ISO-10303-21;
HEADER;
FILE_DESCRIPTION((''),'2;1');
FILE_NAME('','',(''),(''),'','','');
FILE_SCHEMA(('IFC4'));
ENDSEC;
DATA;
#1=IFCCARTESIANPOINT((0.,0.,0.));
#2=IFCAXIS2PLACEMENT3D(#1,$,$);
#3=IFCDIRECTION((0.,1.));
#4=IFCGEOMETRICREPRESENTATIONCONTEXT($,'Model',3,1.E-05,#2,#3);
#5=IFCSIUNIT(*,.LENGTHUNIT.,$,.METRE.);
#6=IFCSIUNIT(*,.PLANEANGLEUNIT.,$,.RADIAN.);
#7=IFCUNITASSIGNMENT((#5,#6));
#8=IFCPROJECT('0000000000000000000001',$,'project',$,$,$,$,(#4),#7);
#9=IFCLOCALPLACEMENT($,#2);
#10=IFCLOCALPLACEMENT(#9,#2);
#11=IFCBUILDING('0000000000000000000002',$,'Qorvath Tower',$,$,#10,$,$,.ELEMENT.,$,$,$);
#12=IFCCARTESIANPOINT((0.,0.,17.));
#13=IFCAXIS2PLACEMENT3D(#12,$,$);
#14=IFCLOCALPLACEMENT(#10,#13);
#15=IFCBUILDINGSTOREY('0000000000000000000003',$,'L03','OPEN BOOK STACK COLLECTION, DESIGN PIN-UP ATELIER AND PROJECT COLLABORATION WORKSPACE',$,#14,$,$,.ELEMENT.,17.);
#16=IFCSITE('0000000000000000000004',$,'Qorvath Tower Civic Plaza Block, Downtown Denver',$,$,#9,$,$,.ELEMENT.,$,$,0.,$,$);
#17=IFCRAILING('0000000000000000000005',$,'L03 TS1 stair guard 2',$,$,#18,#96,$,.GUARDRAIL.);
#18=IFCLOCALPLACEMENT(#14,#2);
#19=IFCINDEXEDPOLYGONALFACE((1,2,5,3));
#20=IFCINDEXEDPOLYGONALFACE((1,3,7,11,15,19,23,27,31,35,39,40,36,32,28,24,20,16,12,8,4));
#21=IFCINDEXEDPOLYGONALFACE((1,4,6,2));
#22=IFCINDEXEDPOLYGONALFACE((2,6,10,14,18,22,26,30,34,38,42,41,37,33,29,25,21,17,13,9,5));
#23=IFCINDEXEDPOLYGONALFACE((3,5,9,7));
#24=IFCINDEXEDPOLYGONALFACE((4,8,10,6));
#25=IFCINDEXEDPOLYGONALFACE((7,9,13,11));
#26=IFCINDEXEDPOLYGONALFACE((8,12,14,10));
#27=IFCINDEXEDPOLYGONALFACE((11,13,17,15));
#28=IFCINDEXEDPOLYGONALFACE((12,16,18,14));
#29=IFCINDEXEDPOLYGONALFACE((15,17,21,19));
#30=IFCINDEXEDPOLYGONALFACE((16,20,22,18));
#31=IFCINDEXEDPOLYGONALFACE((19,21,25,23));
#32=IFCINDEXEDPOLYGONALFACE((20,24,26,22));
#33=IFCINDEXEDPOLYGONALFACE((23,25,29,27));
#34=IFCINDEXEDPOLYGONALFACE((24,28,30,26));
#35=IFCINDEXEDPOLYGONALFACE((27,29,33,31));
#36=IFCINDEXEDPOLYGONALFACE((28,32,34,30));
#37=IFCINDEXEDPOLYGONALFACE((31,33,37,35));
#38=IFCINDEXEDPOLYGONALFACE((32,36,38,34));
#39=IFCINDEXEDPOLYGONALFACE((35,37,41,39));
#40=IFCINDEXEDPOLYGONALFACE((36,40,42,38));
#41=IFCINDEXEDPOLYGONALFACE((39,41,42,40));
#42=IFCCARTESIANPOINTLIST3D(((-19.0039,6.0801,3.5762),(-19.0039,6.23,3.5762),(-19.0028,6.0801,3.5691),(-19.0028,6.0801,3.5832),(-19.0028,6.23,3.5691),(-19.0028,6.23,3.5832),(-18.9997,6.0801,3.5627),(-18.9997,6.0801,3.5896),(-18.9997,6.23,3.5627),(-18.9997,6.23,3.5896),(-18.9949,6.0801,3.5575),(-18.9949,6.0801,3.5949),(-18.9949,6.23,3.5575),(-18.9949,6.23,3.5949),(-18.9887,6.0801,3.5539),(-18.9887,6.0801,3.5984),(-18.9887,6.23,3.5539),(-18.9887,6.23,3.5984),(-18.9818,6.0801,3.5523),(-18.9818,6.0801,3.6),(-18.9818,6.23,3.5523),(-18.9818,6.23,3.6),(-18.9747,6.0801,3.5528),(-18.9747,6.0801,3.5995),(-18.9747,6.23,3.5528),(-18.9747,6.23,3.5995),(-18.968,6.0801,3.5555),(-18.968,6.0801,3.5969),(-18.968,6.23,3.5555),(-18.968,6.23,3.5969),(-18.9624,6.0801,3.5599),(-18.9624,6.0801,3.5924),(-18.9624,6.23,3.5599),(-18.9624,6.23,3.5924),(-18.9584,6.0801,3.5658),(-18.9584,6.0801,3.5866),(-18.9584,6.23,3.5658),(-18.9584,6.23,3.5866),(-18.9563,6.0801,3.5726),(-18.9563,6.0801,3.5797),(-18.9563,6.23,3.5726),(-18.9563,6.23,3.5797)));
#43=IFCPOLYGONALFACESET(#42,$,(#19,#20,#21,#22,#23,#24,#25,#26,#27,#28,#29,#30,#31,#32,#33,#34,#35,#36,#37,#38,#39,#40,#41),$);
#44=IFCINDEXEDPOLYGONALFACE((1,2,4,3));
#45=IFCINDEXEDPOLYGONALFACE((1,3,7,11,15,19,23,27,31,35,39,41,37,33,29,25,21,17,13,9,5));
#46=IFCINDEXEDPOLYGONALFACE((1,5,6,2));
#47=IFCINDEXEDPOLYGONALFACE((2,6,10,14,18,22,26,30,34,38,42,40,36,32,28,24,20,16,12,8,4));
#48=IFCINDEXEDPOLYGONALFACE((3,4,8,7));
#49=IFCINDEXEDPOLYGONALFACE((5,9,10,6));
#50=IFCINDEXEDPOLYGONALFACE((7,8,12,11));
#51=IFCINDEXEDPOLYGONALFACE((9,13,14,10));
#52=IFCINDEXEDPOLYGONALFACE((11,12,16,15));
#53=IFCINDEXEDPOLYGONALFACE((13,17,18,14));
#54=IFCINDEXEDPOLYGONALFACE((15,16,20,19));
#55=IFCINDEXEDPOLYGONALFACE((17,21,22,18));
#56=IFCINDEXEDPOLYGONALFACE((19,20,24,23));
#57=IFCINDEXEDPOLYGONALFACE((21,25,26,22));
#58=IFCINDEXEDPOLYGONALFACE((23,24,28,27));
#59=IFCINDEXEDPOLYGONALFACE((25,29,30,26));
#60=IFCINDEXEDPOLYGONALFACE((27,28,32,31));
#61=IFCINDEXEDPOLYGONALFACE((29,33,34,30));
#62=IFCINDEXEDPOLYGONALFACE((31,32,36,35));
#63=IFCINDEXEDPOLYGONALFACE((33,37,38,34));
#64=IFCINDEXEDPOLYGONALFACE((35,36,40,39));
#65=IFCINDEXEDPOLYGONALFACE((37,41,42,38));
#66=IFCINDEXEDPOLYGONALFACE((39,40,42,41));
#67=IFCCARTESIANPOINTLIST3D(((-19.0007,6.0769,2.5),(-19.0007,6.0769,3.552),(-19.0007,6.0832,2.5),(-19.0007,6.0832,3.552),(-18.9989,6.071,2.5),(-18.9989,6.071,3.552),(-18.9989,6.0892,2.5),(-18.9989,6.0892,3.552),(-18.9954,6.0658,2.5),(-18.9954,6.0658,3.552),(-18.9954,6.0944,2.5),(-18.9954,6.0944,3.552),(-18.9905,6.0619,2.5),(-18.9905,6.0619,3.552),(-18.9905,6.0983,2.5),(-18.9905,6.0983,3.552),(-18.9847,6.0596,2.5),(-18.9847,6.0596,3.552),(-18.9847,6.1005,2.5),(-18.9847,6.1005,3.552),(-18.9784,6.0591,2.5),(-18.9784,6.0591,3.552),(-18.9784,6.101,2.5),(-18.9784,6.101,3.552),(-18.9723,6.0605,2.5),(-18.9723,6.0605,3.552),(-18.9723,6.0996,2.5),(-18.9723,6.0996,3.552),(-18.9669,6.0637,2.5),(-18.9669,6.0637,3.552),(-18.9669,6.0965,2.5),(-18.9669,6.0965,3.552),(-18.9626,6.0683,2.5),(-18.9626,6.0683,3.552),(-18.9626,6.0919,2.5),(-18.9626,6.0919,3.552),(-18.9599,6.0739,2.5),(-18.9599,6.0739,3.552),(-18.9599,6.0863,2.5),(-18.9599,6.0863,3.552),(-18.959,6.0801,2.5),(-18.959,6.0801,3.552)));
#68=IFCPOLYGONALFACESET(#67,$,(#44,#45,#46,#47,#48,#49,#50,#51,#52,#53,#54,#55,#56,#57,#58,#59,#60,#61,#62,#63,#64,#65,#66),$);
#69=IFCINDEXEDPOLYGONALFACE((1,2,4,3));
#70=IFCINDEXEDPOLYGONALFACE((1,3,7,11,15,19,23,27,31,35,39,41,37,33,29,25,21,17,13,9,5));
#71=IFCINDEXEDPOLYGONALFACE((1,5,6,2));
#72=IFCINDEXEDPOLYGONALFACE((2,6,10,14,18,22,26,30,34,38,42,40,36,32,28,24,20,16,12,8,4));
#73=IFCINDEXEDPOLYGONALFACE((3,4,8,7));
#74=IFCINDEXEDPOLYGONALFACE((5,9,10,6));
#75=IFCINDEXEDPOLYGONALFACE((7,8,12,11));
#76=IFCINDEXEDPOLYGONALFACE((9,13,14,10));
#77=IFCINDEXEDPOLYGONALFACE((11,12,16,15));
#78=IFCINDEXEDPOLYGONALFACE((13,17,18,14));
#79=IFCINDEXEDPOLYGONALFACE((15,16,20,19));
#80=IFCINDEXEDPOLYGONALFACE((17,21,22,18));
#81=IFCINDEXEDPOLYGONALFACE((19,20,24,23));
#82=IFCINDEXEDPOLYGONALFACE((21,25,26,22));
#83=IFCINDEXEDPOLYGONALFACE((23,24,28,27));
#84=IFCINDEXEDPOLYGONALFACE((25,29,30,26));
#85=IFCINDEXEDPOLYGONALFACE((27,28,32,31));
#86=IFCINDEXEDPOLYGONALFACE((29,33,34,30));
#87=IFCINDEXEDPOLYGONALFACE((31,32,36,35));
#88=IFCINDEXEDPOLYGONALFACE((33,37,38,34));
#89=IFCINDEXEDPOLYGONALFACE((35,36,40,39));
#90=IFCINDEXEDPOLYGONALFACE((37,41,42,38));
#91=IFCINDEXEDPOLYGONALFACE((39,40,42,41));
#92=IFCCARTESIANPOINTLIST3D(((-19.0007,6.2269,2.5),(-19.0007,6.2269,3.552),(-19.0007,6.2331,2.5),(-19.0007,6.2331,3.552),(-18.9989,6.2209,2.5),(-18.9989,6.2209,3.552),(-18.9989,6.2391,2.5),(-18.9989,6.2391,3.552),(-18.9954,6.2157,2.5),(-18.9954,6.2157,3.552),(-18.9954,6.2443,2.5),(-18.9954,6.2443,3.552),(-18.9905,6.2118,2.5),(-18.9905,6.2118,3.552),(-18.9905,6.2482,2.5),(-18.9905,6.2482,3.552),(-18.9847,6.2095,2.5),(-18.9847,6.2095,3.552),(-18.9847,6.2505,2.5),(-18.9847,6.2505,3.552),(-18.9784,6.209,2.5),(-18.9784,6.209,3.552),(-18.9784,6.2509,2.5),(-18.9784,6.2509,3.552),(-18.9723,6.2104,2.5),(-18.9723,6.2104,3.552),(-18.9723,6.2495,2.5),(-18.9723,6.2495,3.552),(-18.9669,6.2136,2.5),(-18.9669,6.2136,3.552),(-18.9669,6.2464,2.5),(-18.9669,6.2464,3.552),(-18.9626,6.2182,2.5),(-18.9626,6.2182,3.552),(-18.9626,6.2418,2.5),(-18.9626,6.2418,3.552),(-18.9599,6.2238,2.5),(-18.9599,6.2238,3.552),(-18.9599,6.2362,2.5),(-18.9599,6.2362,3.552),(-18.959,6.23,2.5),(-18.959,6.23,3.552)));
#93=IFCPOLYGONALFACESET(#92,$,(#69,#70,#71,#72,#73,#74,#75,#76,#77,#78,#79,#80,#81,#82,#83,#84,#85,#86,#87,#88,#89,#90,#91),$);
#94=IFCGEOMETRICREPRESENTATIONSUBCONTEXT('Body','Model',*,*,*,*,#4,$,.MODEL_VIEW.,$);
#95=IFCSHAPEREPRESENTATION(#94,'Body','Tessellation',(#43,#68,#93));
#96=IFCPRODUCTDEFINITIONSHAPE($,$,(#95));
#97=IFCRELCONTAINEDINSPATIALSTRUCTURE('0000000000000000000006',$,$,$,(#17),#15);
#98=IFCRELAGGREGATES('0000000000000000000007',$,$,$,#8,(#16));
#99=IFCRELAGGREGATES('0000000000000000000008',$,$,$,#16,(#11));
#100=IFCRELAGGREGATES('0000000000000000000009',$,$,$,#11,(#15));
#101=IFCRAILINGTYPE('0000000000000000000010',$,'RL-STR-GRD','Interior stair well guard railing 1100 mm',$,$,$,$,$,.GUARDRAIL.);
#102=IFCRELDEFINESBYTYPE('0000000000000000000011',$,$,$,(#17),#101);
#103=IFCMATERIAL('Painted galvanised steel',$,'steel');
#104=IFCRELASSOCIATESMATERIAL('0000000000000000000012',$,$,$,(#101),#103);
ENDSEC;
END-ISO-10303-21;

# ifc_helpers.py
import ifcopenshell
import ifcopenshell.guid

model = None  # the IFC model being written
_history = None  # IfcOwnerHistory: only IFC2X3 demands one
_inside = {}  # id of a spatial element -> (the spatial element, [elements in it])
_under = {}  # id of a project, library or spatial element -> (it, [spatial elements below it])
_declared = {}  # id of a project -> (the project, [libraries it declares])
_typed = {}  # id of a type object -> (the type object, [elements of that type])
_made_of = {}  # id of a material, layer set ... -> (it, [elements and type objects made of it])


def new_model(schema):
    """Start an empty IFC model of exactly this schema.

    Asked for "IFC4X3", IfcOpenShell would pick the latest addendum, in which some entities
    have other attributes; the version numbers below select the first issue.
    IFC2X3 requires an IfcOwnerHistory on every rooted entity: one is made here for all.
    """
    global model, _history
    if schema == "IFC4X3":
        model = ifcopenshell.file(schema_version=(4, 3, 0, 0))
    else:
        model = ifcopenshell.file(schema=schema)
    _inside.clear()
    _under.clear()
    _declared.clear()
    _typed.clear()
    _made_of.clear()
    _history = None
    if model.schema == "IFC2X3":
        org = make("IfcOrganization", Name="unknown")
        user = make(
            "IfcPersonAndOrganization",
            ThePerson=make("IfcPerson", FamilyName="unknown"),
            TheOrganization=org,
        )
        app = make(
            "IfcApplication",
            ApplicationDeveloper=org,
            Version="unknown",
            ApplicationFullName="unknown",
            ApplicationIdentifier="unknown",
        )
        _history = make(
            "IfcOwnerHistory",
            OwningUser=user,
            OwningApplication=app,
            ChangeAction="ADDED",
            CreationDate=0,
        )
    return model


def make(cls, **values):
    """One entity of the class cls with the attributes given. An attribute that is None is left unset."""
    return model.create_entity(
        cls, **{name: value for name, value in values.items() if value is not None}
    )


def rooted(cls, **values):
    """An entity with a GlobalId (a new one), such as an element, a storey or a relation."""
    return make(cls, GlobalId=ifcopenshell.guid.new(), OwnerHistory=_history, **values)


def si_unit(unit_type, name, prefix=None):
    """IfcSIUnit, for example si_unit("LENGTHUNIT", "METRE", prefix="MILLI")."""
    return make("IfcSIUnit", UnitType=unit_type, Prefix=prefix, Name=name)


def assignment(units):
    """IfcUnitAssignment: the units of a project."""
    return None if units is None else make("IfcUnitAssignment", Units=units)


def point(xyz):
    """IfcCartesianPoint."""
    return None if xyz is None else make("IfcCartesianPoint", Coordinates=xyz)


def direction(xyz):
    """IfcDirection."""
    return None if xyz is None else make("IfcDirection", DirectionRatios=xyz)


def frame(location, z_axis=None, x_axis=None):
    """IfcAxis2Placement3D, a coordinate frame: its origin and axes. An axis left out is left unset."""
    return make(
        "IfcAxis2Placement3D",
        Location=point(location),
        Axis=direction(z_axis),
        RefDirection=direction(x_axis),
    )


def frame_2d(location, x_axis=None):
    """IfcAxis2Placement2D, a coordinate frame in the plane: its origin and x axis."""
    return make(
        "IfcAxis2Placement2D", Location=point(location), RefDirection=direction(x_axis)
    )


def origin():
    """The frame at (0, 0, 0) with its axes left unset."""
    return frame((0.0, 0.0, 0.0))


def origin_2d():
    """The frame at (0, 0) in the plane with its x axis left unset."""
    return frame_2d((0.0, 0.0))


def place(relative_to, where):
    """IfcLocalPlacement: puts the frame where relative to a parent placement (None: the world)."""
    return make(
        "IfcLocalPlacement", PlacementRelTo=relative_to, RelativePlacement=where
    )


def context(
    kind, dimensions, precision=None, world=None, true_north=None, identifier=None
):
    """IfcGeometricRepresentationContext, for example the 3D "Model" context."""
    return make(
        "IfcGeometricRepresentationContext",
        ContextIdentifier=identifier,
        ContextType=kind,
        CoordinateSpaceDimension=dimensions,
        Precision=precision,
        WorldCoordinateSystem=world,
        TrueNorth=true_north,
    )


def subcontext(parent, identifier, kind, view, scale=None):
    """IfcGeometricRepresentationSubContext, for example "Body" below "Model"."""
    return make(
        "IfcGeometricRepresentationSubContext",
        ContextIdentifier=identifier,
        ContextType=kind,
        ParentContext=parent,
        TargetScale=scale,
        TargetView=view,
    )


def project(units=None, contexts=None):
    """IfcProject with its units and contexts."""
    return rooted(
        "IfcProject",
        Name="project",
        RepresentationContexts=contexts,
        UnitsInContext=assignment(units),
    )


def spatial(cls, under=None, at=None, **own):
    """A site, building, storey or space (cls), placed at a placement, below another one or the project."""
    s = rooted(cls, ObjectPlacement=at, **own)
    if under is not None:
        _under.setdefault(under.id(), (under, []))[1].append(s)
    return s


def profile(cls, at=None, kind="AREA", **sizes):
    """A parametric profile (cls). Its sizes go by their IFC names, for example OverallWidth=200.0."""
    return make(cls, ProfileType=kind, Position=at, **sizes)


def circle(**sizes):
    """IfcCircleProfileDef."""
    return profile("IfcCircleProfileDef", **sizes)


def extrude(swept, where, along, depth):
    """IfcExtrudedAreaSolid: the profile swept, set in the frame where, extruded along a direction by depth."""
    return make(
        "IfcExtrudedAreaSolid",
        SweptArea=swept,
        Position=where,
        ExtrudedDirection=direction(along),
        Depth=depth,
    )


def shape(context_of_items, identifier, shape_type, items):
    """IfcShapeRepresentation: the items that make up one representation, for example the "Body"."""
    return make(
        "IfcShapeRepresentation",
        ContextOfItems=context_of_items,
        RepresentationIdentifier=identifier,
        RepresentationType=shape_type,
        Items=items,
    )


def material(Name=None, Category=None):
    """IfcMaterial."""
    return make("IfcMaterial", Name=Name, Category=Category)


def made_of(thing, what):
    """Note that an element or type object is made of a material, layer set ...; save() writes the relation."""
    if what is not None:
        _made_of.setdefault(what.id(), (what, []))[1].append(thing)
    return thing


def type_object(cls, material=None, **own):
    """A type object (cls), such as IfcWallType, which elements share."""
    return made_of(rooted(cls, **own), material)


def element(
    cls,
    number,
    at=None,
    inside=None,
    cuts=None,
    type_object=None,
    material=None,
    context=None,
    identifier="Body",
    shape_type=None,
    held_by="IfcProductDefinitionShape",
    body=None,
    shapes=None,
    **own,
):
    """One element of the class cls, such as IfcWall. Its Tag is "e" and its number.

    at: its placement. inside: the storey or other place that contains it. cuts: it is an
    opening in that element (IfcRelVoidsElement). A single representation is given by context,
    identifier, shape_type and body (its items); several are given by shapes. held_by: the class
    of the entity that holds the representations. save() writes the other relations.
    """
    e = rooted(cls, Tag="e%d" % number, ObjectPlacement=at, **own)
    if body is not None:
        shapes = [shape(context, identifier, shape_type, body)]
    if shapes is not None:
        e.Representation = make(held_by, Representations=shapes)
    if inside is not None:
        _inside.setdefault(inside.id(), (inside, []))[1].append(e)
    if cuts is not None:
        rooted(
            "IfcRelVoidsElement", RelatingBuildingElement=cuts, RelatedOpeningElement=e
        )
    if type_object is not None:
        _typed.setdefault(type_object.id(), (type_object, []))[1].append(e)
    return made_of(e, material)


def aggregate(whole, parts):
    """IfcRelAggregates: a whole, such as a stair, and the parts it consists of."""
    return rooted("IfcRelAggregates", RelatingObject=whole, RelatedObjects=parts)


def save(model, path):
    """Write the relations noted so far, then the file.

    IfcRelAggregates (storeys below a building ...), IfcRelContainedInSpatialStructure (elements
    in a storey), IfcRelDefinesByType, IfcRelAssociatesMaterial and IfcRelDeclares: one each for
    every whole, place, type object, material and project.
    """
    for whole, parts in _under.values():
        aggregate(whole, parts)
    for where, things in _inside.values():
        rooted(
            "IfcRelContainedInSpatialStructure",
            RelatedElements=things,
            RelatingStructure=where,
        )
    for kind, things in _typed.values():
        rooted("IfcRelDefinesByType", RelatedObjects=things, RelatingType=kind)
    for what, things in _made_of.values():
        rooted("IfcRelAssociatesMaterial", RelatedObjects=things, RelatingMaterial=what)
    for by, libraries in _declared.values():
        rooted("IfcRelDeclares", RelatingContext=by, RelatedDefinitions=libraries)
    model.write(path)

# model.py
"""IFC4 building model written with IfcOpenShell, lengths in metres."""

from ifc_helpers import new_model, si_unit, direction, frame, origin, origin_2d, place, context, subcontext, project, spatial, circle, extrude, material, type_object, element, save


model = new_model("IFC4")

# Units and contexts
model_context = context("Model", 3, precision=1e-05, world=origin(), true_north=direction((0.0, 1.0)))
body_context = subcontext(model_context, "Body", "Model", "MODEL_VIEW")
ifc_project = project(units=[si_unit("LENGTHUNIT", "METRE"), si_unit("PLANEANGLEUNIT", "RADIAN")], contexts=[model_context])

# Site, building, storey
site_placement = place(None, origin())
site = spatial("IfcSite", under=ifc_project, at=site_placement, Name="Qorvath Tower Civic Plaza Block, Downtown Denver", CompositionType="ELEMENT", RefElevation=0.0)
building_placement = place(site_placement, origin())
building = spatial("IfcBuilding", under=site, at=building_placement, Name="Qorvath Tower", CompositionType="ELEMENT")
storey_placement = place(building_placement, frame((0.0, 0.0, 17.0)))
storey = spatial("IfcBuildingStorey", under=building, at=storey_placement, Name="L03", Description="OPEN BOOK STACK COLLECTION, DESIGN PIN-UP ATELIER AND PROJECT COLLABORATION WORKSPACE", CompositionType="ELEMENT", Elevation=17.0)

# Railing
ifc_material_1 = material(Name="Painted galvanised steel", Category="steel")
railing_type_1 = type_object("IfcRailingType", Name="RL-STR-GRD", Description="Interior stair well guard railing 1100 mm", PredefinedType="GUARDRAIL", material=ifc_material_1)
railing_1_placement = place(storey_placement, frame((-18.98, 6.0801, 2.5)))
element("IfcRailing", 1, at=railing_1_placement, inside=storey, type_object=railing_type_1, Name="L03 TS1 stair guard 2", PredefinedType="GUARDRAIL", context=body_context, shape_type="SweptSolid", body=[
    extrude(circle(Radius=0.0239, at=origin_2d()), frame((0.0, 0.0, 1.0762), z_axis=(0.0, 1.0, 0.0), x_axis=(-1.0, 0.0, 0.0)), (0.0, 0.0, 1.0), 0.1499),
    extrude(circle(Radius=0.021, at=origin_2d()), origin(), (0.0, 0.0, 1.0), 1.052),
    extrude(circle(Radius=0.021, at=origin_2d()), frame((0.0, 0.1499, 0.0)), (0.0, 0.0, 1.0), 1.052),
])

save(model, "model.ifc")
